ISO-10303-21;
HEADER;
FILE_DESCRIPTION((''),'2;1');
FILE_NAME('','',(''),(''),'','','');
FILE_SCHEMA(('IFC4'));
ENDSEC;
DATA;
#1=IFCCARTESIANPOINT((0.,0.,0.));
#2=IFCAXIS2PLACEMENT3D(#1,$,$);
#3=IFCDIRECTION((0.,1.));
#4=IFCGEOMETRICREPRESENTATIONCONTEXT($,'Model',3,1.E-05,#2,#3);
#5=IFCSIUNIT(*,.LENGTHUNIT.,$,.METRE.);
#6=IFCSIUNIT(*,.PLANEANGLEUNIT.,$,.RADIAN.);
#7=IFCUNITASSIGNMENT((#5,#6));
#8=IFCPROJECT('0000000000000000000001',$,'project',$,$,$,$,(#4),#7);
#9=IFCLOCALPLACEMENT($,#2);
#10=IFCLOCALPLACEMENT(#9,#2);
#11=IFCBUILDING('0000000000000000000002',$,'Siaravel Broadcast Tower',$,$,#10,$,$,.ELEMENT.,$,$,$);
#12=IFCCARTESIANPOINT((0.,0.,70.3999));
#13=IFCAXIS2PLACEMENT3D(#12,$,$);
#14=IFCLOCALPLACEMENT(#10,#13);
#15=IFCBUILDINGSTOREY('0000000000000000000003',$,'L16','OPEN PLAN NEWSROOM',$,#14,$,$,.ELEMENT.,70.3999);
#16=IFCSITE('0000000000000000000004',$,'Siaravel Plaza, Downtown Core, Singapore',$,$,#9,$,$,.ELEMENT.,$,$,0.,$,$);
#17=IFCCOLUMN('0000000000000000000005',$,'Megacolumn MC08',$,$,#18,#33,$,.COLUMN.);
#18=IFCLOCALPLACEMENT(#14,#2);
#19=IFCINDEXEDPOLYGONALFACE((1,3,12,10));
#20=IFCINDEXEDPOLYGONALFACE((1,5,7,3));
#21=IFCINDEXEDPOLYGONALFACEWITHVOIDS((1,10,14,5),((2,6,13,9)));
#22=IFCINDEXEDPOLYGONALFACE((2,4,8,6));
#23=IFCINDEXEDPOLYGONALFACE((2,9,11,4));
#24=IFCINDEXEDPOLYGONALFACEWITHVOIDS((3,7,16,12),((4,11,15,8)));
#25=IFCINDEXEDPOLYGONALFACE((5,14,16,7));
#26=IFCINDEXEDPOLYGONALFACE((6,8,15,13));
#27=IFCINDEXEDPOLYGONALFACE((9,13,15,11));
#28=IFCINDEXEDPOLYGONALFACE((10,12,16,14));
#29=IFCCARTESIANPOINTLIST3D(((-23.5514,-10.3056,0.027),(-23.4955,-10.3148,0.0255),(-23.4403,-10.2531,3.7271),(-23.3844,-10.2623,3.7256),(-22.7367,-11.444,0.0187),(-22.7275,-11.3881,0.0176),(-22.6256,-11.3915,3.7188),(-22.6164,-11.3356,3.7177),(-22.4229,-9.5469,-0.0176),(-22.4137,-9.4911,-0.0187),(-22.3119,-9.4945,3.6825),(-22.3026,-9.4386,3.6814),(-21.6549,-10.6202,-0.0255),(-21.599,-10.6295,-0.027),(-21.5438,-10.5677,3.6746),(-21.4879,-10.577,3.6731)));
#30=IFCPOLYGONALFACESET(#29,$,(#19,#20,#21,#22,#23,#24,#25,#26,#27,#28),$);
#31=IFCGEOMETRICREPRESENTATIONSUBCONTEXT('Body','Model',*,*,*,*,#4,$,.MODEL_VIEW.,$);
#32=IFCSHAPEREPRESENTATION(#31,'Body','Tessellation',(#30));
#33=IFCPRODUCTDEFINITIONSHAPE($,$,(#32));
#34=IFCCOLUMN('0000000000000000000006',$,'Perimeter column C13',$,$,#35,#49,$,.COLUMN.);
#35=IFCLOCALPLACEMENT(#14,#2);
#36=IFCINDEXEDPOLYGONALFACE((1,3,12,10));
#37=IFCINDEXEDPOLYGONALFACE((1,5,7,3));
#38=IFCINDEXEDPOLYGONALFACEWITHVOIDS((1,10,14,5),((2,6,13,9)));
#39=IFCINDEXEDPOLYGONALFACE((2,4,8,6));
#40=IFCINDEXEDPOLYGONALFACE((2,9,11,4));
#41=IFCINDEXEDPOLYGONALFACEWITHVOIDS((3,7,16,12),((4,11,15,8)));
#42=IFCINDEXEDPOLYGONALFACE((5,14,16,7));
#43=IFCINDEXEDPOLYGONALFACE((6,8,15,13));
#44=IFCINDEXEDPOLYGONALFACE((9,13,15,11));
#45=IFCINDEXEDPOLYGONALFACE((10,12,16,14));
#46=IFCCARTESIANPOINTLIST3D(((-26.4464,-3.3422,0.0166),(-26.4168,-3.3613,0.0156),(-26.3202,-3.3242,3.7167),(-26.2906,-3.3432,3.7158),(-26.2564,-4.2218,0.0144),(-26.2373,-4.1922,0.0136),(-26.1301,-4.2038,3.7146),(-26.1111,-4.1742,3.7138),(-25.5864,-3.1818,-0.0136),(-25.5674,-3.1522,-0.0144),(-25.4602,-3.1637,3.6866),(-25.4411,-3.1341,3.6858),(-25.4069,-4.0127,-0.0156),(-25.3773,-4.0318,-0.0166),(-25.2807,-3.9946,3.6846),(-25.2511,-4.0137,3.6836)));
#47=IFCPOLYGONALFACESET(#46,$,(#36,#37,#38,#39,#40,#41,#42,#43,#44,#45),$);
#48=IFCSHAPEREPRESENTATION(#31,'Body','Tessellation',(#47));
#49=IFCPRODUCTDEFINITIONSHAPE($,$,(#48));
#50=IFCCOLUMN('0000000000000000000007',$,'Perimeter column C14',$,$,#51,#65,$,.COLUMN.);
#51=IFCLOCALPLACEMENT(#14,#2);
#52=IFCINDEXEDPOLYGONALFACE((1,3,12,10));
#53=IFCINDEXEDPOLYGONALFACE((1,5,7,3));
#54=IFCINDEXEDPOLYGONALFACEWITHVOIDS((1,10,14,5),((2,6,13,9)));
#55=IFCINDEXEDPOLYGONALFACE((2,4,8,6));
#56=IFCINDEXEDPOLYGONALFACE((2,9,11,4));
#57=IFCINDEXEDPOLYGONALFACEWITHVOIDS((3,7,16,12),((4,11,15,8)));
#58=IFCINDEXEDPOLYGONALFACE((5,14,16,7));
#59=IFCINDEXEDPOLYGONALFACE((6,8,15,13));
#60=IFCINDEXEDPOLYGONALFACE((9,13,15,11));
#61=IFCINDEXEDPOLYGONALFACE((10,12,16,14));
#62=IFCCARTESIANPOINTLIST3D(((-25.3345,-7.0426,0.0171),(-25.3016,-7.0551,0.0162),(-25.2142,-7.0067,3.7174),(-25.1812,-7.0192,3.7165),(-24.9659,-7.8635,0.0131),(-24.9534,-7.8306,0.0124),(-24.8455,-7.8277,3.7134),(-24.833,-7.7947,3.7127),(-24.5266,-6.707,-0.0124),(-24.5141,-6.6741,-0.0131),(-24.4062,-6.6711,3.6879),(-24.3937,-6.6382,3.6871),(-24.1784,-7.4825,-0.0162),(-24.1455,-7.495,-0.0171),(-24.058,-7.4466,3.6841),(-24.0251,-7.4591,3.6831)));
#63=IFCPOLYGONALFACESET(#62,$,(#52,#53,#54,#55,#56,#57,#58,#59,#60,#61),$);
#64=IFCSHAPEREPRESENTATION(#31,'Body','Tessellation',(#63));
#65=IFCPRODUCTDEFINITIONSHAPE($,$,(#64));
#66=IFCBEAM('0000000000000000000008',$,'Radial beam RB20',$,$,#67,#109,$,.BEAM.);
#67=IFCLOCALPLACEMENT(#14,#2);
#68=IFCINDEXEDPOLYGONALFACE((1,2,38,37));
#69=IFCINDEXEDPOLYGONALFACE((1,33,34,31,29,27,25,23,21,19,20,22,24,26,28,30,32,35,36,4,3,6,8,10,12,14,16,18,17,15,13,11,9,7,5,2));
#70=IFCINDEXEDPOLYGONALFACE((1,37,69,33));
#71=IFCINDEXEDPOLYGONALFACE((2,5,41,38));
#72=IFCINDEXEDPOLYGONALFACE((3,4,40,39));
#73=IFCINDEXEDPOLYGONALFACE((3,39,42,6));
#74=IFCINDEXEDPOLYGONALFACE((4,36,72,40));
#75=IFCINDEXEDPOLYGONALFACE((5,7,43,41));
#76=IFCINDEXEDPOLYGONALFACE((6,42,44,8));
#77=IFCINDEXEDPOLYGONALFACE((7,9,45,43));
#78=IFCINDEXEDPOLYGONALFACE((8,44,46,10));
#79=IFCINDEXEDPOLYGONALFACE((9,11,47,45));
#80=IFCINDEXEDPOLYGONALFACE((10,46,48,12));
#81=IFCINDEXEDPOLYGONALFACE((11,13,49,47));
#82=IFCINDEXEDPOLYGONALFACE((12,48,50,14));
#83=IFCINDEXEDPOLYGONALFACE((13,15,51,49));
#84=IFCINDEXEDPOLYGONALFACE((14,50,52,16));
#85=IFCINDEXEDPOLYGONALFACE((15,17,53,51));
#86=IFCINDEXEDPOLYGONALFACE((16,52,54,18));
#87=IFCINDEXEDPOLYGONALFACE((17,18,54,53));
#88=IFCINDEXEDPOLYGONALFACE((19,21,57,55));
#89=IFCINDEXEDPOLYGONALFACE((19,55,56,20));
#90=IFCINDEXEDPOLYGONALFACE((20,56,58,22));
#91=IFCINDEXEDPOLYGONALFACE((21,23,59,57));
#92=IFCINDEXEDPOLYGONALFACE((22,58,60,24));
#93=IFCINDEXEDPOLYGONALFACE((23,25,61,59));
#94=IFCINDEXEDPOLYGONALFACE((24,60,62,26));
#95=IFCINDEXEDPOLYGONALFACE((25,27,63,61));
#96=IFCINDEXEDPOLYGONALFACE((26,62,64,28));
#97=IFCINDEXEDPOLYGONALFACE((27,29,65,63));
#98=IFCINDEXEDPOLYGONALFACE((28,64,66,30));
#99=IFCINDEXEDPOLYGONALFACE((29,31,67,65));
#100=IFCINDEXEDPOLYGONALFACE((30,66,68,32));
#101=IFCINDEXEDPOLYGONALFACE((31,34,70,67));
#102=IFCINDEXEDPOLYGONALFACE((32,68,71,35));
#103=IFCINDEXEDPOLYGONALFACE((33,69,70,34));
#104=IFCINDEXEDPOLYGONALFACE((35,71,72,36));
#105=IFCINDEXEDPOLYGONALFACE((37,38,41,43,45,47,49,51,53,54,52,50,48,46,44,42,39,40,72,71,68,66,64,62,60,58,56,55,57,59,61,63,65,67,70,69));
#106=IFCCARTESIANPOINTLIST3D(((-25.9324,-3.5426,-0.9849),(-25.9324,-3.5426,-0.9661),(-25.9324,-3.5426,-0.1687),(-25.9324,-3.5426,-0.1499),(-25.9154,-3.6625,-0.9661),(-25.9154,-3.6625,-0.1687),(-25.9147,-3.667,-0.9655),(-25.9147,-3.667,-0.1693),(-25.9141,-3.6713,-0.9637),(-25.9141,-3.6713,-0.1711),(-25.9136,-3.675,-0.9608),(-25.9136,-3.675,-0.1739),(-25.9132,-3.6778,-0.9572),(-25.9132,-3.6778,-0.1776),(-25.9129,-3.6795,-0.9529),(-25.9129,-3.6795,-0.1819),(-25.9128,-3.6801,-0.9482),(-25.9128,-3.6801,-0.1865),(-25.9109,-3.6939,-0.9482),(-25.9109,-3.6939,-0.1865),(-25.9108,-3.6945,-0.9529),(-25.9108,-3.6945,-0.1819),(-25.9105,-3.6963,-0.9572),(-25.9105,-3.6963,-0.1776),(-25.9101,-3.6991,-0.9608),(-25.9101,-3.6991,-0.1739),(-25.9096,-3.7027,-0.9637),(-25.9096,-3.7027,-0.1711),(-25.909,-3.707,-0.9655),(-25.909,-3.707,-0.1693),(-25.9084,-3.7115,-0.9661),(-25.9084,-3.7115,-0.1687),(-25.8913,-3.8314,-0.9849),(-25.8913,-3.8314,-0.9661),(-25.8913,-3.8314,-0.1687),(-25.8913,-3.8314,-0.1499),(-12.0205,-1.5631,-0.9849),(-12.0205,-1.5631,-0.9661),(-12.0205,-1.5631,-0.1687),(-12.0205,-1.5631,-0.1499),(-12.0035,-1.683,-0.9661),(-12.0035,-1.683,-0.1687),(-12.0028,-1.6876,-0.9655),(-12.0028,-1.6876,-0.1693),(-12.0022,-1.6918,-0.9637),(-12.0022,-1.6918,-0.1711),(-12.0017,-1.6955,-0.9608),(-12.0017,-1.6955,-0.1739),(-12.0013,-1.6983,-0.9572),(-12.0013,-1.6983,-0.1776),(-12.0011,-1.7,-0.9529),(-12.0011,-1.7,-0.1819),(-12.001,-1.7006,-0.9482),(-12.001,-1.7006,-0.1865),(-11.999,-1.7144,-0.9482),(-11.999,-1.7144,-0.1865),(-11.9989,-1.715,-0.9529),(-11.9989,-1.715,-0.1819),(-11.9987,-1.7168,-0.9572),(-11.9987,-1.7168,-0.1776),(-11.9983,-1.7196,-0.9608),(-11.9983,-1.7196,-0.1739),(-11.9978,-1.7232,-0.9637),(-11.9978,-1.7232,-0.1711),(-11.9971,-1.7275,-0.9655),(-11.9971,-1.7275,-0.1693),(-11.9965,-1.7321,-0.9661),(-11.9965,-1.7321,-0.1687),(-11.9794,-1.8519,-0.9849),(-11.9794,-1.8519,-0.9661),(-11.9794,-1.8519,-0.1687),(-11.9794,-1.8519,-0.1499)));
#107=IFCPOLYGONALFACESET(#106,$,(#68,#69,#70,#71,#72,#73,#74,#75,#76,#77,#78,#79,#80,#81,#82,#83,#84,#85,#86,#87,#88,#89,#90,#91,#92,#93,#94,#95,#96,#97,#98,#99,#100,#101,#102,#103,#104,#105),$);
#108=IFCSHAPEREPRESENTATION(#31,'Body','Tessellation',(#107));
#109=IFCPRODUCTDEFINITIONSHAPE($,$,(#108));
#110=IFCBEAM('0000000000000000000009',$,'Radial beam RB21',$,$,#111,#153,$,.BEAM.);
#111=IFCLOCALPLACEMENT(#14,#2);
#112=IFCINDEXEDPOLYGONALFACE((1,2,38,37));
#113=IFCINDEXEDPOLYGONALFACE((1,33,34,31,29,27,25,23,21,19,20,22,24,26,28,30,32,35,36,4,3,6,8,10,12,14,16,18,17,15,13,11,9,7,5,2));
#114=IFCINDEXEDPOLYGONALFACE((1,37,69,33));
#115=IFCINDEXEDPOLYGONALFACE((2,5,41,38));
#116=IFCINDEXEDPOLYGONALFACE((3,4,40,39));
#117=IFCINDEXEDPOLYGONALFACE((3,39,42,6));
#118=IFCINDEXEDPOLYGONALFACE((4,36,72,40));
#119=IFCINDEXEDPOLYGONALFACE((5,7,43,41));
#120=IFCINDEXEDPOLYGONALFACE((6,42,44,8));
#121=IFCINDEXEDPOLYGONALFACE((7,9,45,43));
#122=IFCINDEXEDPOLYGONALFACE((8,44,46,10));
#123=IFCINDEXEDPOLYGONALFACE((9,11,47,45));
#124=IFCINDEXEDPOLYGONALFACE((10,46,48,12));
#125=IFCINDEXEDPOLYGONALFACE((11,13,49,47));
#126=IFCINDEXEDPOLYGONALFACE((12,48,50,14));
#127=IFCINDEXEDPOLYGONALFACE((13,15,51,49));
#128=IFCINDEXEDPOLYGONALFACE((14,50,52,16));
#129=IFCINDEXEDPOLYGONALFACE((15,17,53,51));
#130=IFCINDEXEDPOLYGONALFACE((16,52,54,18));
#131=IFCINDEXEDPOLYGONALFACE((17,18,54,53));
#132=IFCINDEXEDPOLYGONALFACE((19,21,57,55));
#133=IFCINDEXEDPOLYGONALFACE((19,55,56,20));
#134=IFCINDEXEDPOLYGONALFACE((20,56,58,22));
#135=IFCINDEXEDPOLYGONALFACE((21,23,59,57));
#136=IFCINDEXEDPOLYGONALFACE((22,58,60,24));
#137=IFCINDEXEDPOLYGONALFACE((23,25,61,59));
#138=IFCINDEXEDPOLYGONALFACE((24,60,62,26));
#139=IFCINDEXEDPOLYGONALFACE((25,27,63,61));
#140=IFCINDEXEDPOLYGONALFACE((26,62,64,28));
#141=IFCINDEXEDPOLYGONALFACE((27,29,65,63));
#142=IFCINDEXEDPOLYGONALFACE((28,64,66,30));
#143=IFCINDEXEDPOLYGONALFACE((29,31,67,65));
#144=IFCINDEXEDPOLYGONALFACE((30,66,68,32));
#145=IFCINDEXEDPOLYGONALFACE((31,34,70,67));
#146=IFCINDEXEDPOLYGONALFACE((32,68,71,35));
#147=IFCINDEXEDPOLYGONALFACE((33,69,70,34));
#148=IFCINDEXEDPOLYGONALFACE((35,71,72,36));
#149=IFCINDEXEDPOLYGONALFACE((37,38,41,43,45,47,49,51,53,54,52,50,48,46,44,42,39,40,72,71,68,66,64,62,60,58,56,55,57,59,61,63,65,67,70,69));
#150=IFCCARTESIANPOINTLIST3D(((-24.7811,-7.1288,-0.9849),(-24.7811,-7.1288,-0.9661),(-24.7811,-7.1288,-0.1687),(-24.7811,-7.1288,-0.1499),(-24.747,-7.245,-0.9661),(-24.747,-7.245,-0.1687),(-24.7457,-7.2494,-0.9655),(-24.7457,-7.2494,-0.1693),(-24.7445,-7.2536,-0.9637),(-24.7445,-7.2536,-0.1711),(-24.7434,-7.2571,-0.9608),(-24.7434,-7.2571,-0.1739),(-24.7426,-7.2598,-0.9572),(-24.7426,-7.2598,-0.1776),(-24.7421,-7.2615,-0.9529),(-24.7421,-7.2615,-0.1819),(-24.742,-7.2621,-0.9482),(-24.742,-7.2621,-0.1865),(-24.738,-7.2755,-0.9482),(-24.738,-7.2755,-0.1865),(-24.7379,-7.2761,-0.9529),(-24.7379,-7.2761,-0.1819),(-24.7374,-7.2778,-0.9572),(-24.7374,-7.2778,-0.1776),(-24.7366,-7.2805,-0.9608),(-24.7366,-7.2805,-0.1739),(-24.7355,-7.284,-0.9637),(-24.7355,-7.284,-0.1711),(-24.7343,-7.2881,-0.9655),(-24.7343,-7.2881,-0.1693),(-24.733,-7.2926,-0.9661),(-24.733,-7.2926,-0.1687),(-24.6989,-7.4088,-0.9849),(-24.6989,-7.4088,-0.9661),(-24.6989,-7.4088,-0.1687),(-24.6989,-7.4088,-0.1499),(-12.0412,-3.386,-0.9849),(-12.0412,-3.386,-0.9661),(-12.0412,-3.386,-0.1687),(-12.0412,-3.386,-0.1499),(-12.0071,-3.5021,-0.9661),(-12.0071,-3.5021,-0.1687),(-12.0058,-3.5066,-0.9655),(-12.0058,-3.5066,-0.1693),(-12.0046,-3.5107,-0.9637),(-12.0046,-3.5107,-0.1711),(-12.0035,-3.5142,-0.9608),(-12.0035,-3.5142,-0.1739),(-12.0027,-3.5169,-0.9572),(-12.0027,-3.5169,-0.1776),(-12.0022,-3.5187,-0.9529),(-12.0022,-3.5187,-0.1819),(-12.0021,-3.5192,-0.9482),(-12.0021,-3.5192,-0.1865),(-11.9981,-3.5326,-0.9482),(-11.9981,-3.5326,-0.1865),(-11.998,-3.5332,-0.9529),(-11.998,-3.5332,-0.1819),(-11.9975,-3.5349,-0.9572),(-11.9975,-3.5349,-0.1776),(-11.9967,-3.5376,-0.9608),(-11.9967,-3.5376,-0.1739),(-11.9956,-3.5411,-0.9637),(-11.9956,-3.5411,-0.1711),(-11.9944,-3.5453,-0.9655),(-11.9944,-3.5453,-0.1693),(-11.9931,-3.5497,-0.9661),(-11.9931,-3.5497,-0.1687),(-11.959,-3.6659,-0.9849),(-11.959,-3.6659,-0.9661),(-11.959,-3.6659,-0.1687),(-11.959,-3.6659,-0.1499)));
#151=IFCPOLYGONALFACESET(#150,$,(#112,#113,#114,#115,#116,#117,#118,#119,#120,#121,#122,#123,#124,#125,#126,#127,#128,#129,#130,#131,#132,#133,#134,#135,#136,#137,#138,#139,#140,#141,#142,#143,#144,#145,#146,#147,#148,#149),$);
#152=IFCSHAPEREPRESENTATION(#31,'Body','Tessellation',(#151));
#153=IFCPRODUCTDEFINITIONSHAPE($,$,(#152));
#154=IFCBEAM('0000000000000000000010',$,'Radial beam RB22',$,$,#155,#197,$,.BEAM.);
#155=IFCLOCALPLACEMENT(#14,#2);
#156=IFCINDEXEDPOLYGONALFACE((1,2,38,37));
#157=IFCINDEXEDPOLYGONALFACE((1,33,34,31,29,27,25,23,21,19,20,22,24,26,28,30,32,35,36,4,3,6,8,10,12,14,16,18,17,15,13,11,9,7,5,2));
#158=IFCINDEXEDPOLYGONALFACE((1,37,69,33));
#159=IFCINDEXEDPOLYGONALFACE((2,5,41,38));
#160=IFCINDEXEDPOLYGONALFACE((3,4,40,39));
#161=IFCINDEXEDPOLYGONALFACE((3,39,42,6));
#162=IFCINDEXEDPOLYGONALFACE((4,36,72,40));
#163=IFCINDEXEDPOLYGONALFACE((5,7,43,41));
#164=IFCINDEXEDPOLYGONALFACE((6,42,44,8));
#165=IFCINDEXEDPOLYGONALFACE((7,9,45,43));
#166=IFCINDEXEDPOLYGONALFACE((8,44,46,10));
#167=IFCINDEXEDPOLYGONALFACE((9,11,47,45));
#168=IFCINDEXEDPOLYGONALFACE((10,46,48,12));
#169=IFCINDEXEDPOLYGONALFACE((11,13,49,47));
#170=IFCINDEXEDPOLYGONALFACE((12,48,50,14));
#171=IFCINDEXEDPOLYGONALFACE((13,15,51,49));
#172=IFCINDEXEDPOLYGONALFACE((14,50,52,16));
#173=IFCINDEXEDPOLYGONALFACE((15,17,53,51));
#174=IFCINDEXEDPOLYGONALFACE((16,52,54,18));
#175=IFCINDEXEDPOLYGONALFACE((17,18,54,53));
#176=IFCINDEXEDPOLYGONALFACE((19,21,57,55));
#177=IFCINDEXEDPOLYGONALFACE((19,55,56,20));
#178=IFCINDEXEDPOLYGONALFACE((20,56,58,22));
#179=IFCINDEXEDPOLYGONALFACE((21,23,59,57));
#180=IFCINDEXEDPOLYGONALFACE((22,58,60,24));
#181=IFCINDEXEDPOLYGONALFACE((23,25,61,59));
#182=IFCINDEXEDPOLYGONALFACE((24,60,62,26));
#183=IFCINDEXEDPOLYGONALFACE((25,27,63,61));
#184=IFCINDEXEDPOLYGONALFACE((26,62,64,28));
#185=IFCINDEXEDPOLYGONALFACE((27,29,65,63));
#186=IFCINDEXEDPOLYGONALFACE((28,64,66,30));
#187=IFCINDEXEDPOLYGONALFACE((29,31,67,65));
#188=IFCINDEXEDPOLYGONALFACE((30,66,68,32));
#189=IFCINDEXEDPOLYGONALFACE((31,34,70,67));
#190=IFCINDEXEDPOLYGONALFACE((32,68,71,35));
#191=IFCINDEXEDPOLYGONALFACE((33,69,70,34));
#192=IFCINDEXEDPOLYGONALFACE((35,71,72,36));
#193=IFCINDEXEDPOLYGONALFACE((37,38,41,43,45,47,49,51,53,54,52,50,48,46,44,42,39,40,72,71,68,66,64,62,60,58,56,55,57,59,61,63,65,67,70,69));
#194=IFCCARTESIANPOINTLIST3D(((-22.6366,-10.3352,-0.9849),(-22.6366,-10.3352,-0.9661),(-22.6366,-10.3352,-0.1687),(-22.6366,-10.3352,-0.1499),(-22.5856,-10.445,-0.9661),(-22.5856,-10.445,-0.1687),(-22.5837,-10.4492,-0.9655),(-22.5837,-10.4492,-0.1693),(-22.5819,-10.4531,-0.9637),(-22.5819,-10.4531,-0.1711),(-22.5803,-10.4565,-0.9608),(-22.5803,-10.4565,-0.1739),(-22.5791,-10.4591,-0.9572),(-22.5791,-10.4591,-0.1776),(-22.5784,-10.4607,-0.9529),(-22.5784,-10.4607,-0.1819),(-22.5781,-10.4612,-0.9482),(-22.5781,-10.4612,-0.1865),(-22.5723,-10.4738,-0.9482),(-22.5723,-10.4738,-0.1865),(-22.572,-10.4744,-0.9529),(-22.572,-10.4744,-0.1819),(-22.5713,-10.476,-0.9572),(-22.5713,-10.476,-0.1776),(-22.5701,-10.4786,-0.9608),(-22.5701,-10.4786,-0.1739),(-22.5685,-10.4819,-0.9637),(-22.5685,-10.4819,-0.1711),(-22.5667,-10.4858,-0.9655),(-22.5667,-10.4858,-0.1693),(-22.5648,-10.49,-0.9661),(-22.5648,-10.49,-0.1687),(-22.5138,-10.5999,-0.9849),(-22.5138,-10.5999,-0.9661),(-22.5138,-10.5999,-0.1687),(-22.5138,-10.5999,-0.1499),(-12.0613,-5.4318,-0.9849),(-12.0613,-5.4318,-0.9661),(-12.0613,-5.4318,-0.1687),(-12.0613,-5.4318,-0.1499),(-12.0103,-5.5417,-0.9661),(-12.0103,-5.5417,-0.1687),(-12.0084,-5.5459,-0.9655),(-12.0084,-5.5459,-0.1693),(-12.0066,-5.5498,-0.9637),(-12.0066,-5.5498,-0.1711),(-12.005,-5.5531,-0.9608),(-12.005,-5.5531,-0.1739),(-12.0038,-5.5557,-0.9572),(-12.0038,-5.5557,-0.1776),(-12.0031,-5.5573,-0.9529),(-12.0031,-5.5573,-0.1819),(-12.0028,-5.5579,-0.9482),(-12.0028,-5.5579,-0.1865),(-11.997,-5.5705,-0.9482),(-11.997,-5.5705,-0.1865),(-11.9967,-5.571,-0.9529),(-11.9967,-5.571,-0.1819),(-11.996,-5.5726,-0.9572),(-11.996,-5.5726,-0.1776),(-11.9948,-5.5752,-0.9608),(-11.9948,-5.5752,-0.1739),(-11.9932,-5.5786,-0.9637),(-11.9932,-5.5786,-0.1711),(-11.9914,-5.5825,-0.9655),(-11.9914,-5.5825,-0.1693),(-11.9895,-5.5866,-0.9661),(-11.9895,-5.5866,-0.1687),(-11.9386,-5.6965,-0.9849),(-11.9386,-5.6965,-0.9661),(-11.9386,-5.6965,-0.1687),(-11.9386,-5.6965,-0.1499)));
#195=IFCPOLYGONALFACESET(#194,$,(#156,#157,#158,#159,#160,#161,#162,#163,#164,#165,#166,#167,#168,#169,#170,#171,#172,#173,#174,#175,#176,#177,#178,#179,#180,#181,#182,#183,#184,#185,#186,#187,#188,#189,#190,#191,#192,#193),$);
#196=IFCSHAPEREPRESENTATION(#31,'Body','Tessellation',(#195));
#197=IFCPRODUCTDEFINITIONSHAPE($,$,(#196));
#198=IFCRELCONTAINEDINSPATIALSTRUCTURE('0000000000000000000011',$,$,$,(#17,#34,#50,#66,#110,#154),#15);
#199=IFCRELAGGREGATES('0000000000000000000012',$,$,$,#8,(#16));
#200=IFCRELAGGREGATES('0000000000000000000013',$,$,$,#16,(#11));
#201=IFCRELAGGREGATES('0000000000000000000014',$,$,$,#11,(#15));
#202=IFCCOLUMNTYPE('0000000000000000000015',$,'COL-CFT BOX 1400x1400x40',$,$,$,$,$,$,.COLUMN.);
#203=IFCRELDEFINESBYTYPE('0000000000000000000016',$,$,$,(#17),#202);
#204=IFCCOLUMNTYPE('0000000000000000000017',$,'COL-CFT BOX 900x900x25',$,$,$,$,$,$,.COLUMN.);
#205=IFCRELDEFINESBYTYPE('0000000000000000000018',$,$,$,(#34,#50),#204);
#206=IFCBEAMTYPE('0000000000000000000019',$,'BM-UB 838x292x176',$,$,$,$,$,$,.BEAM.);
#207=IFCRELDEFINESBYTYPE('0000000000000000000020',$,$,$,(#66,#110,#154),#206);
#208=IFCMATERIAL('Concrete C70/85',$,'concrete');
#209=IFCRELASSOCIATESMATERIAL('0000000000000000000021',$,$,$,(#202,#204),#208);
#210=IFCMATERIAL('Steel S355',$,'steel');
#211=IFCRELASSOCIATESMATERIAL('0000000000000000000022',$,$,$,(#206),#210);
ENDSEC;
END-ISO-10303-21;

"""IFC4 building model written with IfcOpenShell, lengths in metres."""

from ifc_helpers import new_model, si_unit, direction, frame, origin, origin_2d, place, context, subcontext, project, spatial, hollow_rectangle, i_section, extrude, material, material_profile, profile_set, type_object, element, save


model = new_model("IFC4")

# Units and contexts
model_context = context("Model", 3, precision=1e-05, world=origin(), true_north=direction((0.0, 1.0)))
body_context = subcontext(model_context, "Body", "Model", "MODEL_VIEW")
ifc_project = project(units=[si_unit("LENGTHUNIT", "METRE"), si_unit("PLANEANGLEUNIT", "RADIAN")], contexts=[model_context])

# Site, building, storey
site_placement = place(None, origin())
site = spatial("IfcSite", under=ifc_project, at=site_placement, Name="Siaravel Plaza, Downtown Core, Singapore", CompositionType="ELEMENT", RefElevation=0.0)
building_placement = place(site_placement, origin())
building = spatial("IfcBuilding", under=site, at=building_placement, Name="Siaravel Broadcast Tower", CompositionType="ELEMENT")
storey_placement = place(building_placement, frame((0.0, 0.0, 70.3999)))
storey = spatial("IfcBuildingStorey", under=building, at=storey_placement, Name="L16", Description="OPEN PLAN NEWSROOM", CompositionType="ELEMENT", Elevation=70.3999)

# Columns
ifc_material_1 = material(Name="Concrete C70/85", Category="concrete")
ifc_material_profile_1 = material_profile(ifc_material_1, hollow_rectangle(XDim=1.3999, YDim=1.3999, WallThickness=0.04, at=origin_2d()))
ifc_profile_set_1 = profile_set([ifc_material_profile_1], Name="Concrete C70/85")
column_type_1 = type_object("IfcColumnType", Name="COL-CFT BOX 1400x1400x40", PredefinedType="COLUMN", material=ifc_profile_set_1)
column_placement = place(storey_placement, frame((-22.5752, -10.4675, 0.0), z_axis=(0.030005, 0.014178, 0.999449), x_axis=(-0.581949, 0.813204, 0.005935)))
element("IfcColumn", 1, at=column_placement, inside=storey, type_object=column_type_1, Name="Megacolumn MC08", PredefinedType="COLUMN", context=body_context, shape_type="SweptSolid", body=[
    extrude(hollow_rectangle(XDim=1.3999, YDim=1.3999, WallThickness=0.04, at=origin_2d()), origin(), (0.0, 0.0, 1.0), 3.7021),
])
ifc_material_profile_2 = material_profile(ifc_material_1, hollow_rectangle(XDim=0.8999, YDim=0.8999, WallThickness=0.0249, at=origin_2d()))
ifc_profile_set_2 = profile_set([ifc_material_profile_2], Name="Concrete C70/85")
column_type_2 = type_object("IfcColumnType", Name="COL-CFT BOX 900x900x25", PredefinedType="COLUMN", material=ifc_profile_set_2)
for number, where, z_axis, x_axis, name in (
    (2, (-25.9119, -3.687, 0.0), (0.034092, 0.00488, 0.999407), (-0.211209, 0.977438, 0.002432), "Perimeter column C13"),
    (3, (-24.74, -7.2688, 0.0), (0.03251, 0.009694, 0.999424), (-0.409647, 0.912233, 0.004477), "Perimeter column C14"),
):
    element("IfcColumn", number, at=place(storey_placement, frame(where, z_axis=z_axis, x_axis=x_axis)), inside=storey, type_object=column_type_2, Name=name, PredefinedType="COLUMN", context=body_context, shape_type="SweptSolid", body=[
        extrude(hollow_rectangle(XDim=0.8999, YDim=0.8999, WallThickness=0.0249, at=origin_2d()), origin(), (0.0, 0.0, 1.0), 3.7024),
    ])

# Beams
ifc_material_2 = material(Name="Steel S355", Category="steel")
ifc_material_profile_3 = material_profile(ifc_material_2, i_section(OverallWidth=0.2917, OverallDepth=0.835, WebThickness=0.0139, FlangeThickness=0.0188, FilletRadius=0.0178, at=origin_2d()))
ifc_profile_set_3 = profile_set([ifc_material_profile_3], Name="Steel S355")
beam_type = type_object("IfcBeamType", Name="BM-UB 838x292x176", PredefinedType="BEAM", material=ifc_profile_set_3)
beam_1_placement = place(storey_placement, frame((-25.9119, -3.687, -0.5674), z_axis=(0.990028, 0.140869, 0.0), x_axis=(-0.140869, 0.990028, 0.0)))
element("IfcBeam", 4, at=beam_1_placement, inside=storey, type_object=beam_type, Name="Radial beam RB20", PredefinedType="BEAM", context=body_context, shape_type="SweptSolid", body=[
    extrude(i_section(OverallWidth=0.2917, OverallDepth=0.835, WebThickness=0.0139, FlangeThickness=0.0188, FilletRadius=0.0178, at=origin_2d()), origin(), (0.0, 0.0, 1.0), 14.052),
])
beam_2_placement = place(storey_placement, frame((-24.74, -7.2688, -0.5674), z_axis=(0.95945, 0.28188, 0.0), x_axis=(-0.28188, 0.95945, 0.0)))
element("IfcBeam", 5, at=beam_2_placement, inside=storey, type_object=beam_type, Name="Radial beam RB21", PredefinedType="BEAM", context=body_context, shape_type="SweptSolid", body=[
    extrude(i_section(OverallWidth=0.2917, OverallDepth=0.835, WebThickness=0.0139, FlangeThickness=0.0188, FilletRadius=0.0178, at=origin_2d()), origin(), (0.0, 0.0, 1.0), 13.2783),
])
beam_3_placement = place(storey_placement, frame((-22.5752, -10.4675, -0.5674), z_axis=(0.907225, 0.420646, 0.0), x_axis=(-0.420646, 0.907225, 0.0)))
element("IfcBeam", 6, at=beam_3_placement, inside=storey, type_object=beam_type, Name="Radial beam RB22", PredefinedType="BEAM", context=body_context, shape_type="SweptSolid", body=[
    extrude(i_section(OverallWidth=0.2917, OverallDepth=0.835, WebThickness=0.0139, FlangeThickness=0.0188, FilletRadius=0.0178, at=origin_2d()), origin(), (0.0, 0.0, 1.0), 11.6567),
])

save(model, "model.ifc")
